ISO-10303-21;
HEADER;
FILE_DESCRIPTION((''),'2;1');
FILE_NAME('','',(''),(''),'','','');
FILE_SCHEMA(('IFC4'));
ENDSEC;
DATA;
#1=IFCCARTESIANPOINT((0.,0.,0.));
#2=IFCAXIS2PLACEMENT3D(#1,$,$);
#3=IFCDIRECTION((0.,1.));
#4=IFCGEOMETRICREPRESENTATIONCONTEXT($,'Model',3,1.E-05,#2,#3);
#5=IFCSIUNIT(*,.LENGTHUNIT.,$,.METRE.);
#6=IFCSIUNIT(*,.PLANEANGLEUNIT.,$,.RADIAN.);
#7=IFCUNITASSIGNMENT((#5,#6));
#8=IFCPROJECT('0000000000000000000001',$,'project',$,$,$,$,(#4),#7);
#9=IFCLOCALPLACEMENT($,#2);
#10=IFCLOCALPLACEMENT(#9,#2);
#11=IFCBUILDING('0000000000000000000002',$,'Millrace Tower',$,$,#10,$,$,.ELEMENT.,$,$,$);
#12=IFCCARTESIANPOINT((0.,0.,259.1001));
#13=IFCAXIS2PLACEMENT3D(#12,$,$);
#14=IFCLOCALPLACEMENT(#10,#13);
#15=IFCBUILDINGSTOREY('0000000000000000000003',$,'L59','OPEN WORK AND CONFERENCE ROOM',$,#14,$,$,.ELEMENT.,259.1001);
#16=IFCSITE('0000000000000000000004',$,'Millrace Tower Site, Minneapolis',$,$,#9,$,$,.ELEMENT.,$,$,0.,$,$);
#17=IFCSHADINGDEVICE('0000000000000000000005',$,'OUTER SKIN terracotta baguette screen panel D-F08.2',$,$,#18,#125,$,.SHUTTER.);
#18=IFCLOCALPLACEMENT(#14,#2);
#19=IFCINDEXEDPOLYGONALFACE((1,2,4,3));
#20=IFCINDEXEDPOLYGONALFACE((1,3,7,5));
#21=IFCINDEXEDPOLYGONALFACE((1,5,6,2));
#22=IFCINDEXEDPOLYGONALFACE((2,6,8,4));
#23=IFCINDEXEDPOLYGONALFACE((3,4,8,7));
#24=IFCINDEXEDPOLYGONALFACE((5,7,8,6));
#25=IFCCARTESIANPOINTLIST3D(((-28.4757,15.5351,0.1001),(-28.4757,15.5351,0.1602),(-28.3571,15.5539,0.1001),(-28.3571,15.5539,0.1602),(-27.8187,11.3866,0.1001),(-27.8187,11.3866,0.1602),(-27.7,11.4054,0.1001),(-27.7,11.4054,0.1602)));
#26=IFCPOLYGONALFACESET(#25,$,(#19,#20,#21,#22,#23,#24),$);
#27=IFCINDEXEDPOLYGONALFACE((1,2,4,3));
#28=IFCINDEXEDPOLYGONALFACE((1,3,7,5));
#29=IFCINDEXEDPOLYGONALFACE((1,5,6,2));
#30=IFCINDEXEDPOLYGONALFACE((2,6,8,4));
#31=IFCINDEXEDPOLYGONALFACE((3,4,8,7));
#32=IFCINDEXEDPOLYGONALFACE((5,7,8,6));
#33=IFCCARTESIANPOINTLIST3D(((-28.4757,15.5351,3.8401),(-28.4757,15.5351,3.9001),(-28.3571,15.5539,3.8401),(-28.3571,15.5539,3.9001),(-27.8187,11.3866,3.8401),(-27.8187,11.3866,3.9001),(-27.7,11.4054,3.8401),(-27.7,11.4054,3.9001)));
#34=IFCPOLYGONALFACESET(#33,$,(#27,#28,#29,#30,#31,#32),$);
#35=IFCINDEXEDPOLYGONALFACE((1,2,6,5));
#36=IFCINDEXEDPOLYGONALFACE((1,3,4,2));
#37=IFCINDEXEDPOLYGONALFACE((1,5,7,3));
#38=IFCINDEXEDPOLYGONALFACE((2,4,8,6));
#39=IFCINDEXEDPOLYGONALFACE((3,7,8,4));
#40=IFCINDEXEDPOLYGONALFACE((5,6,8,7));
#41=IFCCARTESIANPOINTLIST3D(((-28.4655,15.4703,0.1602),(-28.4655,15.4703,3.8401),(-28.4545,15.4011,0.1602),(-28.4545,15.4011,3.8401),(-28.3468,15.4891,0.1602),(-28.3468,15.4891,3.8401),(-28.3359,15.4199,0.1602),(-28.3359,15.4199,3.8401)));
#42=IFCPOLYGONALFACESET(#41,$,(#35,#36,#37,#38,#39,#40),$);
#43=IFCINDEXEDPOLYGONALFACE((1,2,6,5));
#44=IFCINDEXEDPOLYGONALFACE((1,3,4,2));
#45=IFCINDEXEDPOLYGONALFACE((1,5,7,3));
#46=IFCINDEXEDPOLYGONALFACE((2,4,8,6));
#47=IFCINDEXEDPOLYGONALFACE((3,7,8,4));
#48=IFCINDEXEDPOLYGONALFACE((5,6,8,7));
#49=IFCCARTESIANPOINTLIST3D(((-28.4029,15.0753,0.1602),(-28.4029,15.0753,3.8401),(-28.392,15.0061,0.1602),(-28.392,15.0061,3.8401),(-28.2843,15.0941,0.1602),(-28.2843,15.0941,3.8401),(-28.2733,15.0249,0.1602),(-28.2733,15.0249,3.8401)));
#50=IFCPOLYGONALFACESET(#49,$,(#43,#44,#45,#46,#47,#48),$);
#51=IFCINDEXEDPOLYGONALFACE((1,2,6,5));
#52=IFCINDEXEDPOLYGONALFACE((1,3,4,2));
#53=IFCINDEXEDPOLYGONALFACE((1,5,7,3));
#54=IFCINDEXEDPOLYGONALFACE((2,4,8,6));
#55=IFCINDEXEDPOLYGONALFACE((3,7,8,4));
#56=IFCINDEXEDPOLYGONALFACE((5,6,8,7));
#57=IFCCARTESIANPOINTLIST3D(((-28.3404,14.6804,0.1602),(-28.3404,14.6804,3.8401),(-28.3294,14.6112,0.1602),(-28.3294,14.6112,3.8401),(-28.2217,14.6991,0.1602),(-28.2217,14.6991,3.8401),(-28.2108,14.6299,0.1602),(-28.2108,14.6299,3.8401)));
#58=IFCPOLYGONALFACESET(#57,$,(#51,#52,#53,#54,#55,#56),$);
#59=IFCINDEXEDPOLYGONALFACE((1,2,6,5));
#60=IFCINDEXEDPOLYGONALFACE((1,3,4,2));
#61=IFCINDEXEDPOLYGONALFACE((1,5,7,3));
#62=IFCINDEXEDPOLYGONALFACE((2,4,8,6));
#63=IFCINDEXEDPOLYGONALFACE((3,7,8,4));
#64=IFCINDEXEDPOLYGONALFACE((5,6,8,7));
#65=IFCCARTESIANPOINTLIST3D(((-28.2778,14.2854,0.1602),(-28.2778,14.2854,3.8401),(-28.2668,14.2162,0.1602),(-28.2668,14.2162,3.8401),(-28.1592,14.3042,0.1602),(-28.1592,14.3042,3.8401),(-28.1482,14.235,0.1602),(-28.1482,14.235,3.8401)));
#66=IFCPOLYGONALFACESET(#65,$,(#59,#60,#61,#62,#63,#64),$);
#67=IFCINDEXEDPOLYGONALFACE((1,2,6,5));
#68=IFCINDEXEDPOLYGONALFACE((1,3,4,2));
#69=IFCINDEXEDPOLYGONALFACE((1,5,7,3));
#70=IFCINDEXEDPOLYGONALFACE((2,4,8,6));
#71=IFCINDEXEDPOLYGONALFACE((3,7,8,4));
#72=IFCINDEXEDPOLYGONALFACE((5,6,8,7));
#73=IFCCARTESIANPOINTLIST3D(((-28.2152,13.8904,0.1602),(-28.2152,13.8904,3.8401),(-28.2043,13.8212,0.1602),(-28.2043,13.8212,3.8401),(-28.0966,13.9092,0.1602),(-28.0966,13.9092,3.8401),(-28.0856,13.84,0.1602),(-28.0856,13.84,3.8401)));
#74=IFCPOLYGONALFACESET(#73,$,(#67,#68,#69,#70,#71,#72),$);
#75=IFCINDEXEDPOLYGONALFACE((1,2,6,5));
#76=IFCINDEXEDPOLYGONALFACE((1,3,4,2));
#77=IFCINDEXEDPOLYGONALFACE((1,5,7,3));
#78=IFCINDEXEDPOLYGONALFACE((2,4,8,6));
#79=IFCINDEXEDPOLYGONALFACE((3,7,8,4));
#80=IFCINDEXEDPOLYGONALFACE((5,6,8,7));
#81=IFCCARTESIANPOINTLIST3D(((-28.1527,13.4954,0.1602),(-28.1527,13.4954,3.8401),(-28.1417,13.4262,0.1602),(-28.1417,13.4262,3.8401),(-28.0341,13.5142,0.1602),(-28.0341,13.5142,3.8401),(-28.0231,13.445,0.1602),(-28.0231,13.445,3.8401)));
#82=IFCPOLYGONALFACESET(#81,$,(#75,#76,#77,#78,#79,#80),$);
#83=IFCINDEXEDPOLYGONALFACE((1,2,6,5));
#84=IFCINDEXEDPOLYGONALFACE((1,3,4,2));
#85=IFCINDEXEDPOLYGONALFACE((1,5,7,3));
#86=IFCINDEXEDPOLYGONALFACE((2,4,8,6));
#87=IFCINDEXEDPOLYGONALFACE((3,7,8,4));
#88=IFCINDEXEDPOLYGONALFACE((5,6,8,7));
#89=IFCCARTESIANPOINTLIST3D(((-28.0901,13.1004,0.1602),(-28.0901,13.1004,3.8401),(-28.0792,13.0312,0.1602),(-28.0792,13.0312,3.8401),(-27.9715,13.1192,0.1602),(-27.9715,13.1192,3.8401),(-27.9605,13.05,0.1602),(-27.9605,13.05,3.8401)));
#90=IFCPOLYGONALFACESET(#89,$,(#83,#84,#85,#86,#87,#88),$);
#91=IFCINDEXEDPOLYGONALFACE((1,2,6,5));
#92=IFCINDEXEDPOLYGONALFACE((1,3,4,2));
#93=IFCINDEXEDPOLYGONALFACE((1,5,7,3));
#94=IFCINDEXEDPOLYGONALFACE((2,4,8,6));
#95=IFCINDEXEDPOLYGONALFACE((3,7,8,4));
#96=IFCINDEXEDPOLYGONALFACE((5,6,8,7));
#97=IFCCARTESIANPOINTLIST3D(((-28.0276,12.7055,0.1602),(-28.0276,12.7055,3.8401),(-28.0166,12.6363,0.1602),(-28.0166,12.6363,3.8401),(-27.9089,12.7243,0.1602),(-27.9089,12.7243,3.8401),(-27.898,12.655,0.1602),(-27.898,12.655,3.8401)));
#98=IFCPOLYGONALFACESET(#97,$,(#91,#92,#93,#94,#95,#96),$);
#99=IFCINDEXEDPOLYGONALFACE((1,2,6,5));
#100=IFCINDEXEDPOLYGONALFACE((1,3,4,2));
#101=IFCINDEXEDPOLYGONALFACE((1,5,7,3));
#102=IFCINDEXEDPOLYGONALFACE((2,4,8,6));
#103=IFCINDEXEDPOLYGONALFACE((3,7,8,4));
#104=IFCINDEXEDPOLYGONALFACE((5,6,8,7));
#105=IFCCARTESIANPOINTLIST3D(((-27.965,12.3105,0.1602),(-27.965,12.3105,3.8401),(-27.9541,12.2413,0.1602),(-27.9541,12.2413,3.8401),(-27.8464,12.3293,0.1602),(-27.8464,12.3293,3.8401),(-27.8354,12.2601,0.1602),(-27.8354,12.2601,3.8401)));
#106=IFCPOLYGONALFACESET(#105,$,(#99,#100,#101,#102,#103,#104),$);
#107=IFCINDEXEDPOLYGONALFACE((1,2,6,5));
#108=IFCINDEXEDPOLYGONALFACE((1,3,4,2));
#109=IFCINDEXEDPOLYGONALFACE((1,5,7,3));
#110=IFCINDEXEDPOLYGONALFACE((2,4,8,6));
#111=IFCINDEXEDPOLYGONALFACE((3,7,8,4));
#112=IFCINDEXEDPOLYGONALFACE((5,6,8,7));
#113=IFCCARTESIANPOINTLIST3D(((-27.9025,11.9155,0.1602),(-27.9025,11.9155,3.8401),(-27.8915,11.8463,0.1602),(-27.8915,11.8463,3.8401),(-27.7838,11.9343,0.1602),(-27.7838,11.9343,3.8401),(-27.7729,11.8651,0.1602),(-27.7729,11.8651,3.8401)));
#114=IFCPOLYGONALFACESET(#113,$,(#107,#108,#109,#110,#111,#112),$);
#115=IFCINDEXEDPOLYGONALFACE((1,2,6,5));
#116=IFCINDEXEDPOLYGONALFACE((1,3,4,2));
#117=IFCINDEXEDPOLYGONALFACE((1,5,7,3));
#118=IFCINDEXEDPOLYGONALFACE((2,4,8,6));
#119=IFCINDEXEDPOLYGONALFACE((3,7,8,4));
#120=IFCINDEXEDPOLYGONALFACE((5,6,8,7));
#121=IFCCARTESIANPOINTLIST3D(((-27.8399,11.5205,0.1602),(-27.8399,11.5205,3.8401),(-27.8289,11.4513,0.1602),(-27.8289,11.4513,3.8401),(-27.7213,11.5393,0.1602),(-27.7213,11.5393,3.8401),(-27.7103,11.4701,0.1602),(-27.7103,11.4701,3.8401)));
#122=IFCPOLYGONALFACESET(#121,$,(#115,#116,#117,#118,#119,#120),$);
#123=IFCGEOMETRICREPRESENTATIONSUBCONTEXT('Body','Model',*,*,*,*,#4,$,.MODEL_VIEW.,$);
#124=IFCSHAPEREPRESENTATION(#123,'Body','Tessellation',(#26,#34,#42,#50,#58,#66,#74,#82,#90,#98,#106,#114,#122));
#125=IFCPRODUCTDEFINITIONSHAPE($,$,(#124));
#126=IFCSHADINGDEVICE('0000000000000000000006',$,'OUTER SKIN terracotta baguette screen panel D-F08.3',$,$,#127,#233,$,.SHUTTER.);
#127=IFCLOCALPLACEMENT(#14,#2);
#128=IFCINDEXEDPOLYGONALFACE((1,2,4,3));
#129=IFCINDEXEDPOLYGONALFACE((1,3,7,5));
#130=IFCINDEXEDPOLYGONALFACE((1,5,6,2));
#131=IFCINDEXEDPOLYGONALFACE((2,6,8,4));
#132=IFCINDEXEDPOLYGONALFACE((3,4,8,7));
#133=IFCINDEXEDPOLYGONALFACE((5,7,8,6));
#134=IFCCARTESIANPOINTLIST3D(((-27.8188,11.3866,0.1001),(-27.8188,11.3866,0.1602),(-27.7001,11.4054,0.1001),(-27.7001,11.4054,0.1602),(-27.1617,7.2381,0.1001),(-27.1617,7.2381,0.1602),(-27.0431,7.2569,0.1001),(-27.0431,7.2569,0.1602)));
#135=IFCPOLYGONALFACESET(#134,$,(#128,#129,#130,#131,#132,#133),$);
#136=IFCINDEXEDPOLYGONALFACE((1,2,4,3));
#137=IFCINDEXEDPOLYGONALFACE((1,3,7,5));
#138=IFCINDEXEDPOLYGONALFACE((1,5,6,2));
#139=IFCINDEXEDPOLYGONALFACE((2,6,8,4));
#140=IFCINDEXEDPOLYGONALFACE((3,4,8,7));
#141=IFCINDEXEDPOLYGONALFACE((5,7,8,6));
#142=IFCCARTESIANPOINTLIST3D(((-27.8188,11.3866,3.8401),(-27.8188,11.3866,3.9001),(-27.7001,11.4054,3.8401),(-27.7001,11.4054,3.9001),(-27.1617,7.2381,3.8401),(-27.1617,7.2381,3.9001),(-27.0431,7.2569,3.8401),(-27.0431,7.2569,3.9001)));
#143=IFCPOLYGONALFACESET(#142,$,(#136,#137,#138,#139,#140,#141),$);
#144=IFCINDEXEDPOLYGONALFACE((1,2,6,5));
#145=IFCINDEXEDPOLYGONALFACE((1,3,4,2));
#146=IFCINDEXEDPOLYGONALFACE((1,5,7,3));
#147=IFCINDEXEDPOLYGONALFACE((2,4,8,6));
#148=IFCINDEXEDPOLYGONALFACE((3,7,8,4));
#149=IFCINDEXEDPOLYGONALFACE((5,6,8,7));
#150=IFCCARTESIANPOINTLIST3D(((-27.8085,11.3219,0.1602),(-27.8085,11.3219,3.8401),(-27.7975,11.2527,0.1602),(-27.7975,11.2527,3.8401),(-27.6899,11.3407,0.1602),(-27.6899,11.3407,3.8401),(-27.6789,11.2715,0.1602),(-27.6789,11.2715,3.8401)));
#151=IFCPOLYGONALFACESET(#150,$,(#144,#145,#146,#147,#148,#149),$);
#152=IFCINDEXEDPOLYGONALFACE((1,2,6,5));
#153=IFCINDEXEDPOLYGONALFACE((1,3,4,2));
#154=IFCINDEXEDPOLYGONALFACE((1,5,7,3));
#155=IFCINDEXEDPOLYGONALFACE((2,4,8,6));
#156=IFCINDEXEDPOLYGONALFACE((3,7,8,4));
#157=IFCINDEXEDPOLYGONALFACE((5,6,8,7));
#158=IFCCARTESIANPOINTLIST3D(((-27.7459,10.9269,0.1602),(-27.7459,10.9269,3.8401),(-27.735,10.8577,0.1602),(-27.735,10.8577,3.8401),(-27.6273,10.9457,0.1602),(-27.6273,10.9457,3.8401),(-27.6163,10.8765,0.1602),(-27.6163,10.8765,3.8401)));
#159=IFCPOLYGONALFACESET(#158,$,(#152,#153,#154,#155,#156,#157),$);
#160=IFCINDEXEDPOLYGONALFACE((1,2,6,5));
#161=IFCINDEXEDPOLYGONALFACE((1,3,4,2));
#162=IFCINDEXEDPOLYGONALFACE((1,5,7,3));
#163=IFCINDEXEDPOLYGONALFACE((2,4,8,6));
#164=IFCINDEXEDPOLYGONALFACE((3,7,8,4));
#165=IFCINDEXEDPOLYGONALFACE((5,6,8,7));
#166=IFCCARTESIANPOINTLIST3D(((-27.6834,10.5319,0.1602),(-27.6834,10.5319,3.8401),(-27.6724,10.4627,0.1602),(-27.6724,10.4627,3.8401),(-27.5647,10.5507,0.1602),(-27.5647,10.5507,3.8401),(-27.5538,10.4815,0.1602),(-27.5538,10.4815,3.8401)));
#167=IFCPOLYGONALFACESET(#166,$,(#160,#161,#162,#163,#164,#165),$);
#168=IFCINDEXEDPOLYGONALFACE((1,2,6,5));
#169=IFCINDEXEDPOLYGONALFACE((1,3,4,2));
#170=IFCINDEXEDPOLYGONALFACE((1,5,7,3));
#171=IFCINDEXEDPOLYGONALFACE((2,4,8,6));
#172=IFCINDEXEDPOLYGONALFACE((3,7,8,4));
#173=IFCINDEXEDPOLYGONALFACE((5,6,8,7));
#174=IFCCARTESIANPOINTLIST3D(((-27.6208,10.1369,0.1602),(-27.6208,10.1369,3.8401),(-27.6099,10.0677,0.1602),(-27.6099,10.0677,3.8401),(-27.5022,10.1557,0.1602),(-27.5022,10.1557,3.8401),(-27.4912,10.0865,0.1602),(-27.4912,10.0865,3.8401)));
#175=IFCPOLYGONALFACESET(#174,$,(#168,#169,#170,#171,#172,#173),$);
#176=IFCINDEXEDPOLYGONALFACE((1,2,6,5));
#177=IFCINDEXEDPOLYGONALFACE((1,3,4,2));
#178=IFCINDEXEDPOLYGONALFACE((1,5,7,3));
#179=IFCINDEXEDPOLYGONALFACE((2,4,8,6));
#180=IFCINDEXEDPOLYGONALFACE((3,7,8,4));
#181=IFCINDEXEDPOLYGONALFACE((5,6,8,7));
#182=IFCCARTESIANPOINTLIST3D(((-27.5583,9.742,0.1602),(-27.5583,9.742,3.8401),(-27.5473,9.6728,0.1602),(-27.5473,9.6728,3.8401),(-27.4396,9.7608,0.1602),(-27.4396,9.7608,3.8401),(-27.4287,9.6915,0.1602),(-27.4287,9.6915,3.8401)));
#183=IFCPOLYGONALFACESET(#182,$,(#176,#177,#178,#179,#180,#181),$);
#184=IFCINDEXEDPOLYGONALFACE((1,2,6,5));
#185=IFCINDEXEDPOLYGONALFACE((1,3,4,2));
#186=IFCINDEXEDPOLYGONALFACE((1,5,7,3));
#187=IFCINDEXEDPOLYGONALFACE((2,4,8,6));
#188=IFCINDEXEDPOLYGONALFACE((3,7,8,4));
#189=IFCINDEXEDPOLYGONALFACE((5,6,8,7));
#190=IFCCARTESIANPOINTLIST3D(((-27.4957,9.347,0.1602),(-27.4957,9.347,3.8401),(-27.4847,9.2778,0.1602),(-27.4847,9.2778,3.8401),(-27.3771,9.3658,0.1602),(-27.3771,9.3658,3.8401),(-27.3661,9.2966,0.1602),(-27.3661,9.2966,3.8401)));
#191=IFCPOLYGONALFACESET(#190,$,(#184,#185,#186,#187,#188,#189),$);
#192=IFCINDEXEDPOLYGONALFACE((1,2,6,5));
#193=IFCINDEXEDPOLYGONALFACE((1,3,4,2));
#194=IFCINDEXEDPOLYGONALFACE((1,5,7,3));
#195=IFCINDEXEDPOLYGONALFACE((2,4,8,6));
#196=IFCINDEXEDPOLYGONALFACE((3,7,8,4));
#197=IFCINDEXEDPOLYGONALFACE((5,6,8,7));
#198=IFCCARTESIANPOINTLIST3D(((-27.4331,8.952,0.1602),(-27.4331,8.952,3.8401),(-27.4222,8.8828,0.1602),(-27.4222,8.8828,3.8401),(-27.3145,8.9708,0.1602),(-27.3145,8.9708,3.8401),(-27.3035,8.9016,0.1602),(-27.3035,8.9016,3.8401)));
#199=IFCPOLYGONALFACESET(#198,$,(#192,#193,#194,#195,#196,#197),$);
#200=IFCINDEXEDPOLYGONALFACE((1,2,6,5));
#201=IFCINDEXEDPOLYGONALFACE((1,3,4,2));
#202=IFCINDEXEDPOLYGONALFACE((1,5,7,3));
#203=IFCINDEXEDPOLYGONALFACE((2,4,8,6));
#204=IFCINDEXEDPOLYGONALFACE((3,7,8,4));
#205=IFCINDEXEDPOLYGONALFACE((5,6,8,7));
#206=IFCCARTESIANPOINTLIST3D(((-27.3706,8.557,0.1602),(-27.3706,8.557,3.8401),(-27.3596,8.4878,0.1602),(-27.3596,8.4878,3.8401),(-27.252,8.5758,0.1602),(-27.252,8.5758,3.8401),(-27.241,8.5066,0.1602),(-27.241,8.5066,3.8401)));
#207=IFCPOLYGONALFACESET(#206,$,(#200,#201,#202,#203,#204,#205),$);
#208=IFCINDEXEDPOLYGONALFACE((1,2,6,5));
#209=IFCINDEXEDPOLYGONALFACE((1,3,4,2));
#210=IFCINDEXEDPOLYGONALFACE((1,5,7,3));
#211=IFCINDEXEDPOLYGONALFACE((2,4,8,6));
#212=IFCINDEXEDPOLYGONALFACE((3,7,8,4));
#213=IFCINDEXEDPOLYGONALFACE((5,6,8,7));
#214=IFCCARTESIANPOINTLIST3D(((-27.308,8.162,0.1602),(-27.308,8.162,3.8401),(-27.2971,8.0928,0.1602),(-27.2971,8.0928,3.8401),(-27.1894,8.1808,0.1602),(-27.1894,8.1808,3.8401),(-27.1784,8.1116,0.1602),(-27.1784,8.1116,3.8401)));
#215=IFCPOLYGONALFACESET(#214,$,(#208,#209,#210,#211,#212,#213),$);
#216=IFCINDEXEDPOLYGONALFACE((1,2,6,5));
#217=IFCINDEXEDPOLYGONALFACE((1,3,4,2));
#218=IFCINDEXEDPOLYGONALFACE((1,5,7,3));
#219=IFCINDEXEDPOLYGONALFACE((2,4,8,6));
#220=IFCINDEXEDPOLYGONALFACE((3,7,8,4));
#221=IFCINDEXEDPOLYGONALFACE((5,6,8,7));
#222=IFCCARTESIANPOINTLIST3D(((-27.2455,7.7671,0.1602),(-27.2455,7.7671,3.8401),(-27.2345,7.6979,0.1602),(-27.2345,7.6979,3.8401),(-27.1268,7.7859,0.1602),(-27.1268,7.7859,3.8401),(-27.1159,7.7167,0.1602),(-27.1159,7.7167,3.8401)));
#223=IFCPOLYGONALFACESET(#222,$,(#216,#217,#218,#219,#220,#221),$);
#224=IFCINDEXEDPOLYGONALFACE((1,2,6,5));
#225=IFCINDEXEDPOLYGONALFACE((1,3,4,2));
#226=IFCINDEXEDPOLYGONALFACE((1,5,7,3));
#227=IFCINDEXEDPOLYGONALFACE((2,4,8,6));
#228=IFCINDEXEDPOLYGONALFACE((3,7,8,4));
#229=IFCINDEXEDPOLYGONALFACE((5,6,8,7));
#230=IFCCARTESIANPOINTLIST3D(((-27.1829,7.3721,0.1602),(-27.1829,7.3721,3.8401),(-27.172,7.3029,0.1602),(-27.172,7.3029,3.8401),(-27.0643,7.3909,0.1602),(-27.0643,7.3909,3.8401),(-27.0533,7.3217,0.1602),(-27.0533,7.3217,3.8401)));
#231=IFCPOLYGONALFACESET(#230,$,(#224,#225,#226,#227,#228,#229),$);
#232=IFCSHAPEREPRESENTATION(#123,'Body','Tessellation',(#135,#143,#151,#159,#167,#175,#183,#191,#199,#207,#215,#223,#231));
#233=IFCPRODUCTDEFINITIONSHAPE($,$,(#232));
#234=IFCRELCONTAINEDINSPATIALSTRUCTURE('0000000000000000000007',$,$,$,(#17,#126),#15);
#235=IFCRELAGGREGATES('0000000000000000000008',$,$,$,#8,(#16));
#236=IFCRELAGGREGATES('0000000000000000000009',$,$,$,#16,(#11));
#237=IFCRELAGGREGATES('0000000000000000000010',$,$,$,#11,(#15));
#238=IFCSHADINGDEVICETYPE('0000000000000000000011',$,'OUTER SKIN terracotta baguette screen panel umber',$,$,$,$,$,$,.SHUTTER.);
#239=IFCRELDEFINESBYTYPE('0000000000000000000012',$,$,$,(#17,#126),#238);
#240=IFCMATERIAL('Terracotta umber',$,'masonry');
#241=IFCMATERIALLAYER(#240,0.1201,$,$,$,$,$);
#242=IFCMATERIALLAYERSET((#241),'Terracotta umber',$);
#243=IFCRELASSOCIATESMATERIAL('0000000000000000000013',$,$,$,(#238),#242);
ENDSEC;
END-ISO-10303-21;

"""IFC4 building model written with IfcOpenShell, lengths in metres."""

from ifc_helpers import new_model, entity, si_unit, direction, frame, frame_2d, origin, origin_2d, place, context, subcontext, project, spatial, rectangle, extrude, source, transform, mapped, material, layer, layer_set, type_object, element, save


model = new_model("IFC4")

# Units and contexts
model_context = context("Model", 3, precision=1e-05, world=origin(), true_north=direction((0.0, 1.0)))
body_context = subcontext(model_context, "Body", "Model", "MODEL_VIEW")
ifc_project = project(units=[si_unit("LENGTHUNIT", "METRE"), si_unit("PLANEANGLEUNIT", "RADIAN")], contexts=[model_context])

# Site, building, storey
site_placement = place(None, origin())
site = spatial("IfcSite", under=ifc_project, at=site_placement, Name="Millrace Tower Site, Minneapolis", CompositionType="ELEMENT", RefElevation=0.0)
building_placement = place(site_placement, origin())
building = spatial("IfcBuilding", under=site, at=building_placement, Name="Millrace Tower", CompositionType="ELEMENT")
storey_placement = place(building_placement, frame((0.0, 0.0, 259.1001)))
storey = spatial("IfcBuildingStorey", under=building, at=storey_placement, Name="L59", Description="OPEN WORK AND CONFERENCE ROOM", CompositionType="ELEMENT", Elevation=259.1001)

# Shading devices
ifc_material_1 = material(Name="Terracotta umber", Category="masonry")
ifc_layer_1 = layer(ifc_material_1, 0.1201)
ifc_layer_set_1 = layer_set([ifc_layer_1], Name="Terracotta umber")
shading_device_type = type_object("IfcShadingDeviceType", Name="OUTER SKIN terracotta baguette screen panel umber", PredefinedType="SHUTTER", material=ifc_layer_set_1)
cartesian_point = entity("IfcCartesianPoint", [-2.1001, 0.0601])
shared_polyline = entity("IfcPolyline", [cartesian_point, entity("IfcCartesianPoint", [2.1001, 0.0601]), entity("IfcCartesianPoint", [2.1001, -0.0601]), entity("IfcCartesianPoint", [-2.1001, -0.0601]), cartesian_point])
shared_shape = source(origin(), body_context, "Body", "SweptSolid", [
    entity("IfcExtrudedAreaSolid", entity("IfcArbitraryClosedProfileDef", "AREA", None, shared_polyline), entity("IfcAxis2Placement3D", entity("IfcCartesianPoint", [0.0, 0.0, 0.0])), entity("IfcDirection", [0.0, 0.0, 1.0]), 0.0601),
    entity("IfcExtrudedAreaSolid", entity("IfcArbitraryClosedProfileDef", "AREA", None, shared_polyline), entity("IfcAxis2Placement3D", entity("IfcCartesianPoint", [0.0, 0.0, 3.74])), entity("IfcDirection", [0.0, 0.0, 1.0]), 0.0601),
    extrude(rectangle(XDim=0.0701, YDim=0.1201, at=frame_2d((-1.9995, 0.0))), frame((0.0, 0.0, 0.0601)), (0.0, 0.0, 1.0), 3.6799),
    extrude(rectangle(XDim=0.0701, YDim=0.1201, at=frame_2d((-1.5996, 0.0))), frame((0.0, 0.0, 0.0601)), (0.0, 0.0, 1.0), 3.6799),
    extrude(rectangle(XDim=0.0701, YDim=0.1201, at=frame_2d((-1.1997, 0.0))), frame((0.0, 0.0, 0.0601)), (0.0, 0.0, 1.0), 3.6799),
    extrude(rectangle(XDim=0.0701, YDim=0.1201, at=frame_2d((-0.7998, 0.0))), frame((0.0, 0.0, 0.0601)), (0.0, 0.0, 1.0), 3.6799),
    extrude(rectangle(XDim=0.0701, YDim=0.1201, at=frame_2d((-0.3999, 0.0))), frame((0.0, 0.0, 0.0601)), (0.0, 0.0, 1.0), 3.6799),
    extrude(rectangle(XDim=0.0701, YDim=0.1201, at=origin_2d()), frame((0.0, 0.0, 0.0601)), (0.0, 0.0, 1.0), 3.6799),
    extrude(rectangle(XDim=0.0701, YDim=0.1201, at=frame_2d((0.3999, 0.0))), frame((0.0, 0.0, 0.0601)), (0.0, 0.0, 1.0), 3.6799),
    extrude(rectangle(XDim=0.0701, YDim=0.1201, at=frame_2d((0.7998, 0.0))), frame((0.0, 0.0, 0.0601)), (0.0, 0.0, 1.0), 3.6799),
    extrude(rectangle(XDim=0.0701, YDim=0.1201, at=frame_2d((1.1997, 0.0))), frame((0.0, 0.0, 0.0601)), (0.0, 0.0, 1.0), 3.6799),
    extrude(rectangle(XDim=0.0701, YDim=0.1201, at=frame_2d((1.5996, 0.0))), frame((0.0, 0.0, 0.0601)), (0.0, 0.0, 1.0), 3.6799),
    extrude(rectangle(XDim=0.0701, YDim=0.1201, at=frame_2d((1.9995, 0.0))), frame((0.0, 0.0, 0.0601)), (0.0, 0.0, 1.0), 3.6799),
])
for number, where, z_axis, x_axis, name in (
    (1, (-28.0879, 13.4702, 0.1001), (0.0, 0.0, 1.0), (0.156434, -0.987688, 0.0), "OUTER SKIN terracotta baguette screen panel D-F08.2"),
    (2, (-27.4309, 9.3218, 0.1001), (0.0, 0.0, 1.0), (0.156434, -0.987688, 0.0), "OUTER SKIN terracotta baguette screen panel D-F08.3"),
):
    element("IfcShadingDevice", number, at=place(storey_placement, frame(where, z_axis=z_axis, x_axis=x_axis)), inside=storey, type_object=shading_device_type, Name=name, PredefinedType="SHUTTER", context=body_context, shape_type="MappedRepresentation", body=[
        mapped(shared_shape, transform((0.0, 0.0, 0.0), scale=1.0)),
    ])

save(model, "model.ifc")
